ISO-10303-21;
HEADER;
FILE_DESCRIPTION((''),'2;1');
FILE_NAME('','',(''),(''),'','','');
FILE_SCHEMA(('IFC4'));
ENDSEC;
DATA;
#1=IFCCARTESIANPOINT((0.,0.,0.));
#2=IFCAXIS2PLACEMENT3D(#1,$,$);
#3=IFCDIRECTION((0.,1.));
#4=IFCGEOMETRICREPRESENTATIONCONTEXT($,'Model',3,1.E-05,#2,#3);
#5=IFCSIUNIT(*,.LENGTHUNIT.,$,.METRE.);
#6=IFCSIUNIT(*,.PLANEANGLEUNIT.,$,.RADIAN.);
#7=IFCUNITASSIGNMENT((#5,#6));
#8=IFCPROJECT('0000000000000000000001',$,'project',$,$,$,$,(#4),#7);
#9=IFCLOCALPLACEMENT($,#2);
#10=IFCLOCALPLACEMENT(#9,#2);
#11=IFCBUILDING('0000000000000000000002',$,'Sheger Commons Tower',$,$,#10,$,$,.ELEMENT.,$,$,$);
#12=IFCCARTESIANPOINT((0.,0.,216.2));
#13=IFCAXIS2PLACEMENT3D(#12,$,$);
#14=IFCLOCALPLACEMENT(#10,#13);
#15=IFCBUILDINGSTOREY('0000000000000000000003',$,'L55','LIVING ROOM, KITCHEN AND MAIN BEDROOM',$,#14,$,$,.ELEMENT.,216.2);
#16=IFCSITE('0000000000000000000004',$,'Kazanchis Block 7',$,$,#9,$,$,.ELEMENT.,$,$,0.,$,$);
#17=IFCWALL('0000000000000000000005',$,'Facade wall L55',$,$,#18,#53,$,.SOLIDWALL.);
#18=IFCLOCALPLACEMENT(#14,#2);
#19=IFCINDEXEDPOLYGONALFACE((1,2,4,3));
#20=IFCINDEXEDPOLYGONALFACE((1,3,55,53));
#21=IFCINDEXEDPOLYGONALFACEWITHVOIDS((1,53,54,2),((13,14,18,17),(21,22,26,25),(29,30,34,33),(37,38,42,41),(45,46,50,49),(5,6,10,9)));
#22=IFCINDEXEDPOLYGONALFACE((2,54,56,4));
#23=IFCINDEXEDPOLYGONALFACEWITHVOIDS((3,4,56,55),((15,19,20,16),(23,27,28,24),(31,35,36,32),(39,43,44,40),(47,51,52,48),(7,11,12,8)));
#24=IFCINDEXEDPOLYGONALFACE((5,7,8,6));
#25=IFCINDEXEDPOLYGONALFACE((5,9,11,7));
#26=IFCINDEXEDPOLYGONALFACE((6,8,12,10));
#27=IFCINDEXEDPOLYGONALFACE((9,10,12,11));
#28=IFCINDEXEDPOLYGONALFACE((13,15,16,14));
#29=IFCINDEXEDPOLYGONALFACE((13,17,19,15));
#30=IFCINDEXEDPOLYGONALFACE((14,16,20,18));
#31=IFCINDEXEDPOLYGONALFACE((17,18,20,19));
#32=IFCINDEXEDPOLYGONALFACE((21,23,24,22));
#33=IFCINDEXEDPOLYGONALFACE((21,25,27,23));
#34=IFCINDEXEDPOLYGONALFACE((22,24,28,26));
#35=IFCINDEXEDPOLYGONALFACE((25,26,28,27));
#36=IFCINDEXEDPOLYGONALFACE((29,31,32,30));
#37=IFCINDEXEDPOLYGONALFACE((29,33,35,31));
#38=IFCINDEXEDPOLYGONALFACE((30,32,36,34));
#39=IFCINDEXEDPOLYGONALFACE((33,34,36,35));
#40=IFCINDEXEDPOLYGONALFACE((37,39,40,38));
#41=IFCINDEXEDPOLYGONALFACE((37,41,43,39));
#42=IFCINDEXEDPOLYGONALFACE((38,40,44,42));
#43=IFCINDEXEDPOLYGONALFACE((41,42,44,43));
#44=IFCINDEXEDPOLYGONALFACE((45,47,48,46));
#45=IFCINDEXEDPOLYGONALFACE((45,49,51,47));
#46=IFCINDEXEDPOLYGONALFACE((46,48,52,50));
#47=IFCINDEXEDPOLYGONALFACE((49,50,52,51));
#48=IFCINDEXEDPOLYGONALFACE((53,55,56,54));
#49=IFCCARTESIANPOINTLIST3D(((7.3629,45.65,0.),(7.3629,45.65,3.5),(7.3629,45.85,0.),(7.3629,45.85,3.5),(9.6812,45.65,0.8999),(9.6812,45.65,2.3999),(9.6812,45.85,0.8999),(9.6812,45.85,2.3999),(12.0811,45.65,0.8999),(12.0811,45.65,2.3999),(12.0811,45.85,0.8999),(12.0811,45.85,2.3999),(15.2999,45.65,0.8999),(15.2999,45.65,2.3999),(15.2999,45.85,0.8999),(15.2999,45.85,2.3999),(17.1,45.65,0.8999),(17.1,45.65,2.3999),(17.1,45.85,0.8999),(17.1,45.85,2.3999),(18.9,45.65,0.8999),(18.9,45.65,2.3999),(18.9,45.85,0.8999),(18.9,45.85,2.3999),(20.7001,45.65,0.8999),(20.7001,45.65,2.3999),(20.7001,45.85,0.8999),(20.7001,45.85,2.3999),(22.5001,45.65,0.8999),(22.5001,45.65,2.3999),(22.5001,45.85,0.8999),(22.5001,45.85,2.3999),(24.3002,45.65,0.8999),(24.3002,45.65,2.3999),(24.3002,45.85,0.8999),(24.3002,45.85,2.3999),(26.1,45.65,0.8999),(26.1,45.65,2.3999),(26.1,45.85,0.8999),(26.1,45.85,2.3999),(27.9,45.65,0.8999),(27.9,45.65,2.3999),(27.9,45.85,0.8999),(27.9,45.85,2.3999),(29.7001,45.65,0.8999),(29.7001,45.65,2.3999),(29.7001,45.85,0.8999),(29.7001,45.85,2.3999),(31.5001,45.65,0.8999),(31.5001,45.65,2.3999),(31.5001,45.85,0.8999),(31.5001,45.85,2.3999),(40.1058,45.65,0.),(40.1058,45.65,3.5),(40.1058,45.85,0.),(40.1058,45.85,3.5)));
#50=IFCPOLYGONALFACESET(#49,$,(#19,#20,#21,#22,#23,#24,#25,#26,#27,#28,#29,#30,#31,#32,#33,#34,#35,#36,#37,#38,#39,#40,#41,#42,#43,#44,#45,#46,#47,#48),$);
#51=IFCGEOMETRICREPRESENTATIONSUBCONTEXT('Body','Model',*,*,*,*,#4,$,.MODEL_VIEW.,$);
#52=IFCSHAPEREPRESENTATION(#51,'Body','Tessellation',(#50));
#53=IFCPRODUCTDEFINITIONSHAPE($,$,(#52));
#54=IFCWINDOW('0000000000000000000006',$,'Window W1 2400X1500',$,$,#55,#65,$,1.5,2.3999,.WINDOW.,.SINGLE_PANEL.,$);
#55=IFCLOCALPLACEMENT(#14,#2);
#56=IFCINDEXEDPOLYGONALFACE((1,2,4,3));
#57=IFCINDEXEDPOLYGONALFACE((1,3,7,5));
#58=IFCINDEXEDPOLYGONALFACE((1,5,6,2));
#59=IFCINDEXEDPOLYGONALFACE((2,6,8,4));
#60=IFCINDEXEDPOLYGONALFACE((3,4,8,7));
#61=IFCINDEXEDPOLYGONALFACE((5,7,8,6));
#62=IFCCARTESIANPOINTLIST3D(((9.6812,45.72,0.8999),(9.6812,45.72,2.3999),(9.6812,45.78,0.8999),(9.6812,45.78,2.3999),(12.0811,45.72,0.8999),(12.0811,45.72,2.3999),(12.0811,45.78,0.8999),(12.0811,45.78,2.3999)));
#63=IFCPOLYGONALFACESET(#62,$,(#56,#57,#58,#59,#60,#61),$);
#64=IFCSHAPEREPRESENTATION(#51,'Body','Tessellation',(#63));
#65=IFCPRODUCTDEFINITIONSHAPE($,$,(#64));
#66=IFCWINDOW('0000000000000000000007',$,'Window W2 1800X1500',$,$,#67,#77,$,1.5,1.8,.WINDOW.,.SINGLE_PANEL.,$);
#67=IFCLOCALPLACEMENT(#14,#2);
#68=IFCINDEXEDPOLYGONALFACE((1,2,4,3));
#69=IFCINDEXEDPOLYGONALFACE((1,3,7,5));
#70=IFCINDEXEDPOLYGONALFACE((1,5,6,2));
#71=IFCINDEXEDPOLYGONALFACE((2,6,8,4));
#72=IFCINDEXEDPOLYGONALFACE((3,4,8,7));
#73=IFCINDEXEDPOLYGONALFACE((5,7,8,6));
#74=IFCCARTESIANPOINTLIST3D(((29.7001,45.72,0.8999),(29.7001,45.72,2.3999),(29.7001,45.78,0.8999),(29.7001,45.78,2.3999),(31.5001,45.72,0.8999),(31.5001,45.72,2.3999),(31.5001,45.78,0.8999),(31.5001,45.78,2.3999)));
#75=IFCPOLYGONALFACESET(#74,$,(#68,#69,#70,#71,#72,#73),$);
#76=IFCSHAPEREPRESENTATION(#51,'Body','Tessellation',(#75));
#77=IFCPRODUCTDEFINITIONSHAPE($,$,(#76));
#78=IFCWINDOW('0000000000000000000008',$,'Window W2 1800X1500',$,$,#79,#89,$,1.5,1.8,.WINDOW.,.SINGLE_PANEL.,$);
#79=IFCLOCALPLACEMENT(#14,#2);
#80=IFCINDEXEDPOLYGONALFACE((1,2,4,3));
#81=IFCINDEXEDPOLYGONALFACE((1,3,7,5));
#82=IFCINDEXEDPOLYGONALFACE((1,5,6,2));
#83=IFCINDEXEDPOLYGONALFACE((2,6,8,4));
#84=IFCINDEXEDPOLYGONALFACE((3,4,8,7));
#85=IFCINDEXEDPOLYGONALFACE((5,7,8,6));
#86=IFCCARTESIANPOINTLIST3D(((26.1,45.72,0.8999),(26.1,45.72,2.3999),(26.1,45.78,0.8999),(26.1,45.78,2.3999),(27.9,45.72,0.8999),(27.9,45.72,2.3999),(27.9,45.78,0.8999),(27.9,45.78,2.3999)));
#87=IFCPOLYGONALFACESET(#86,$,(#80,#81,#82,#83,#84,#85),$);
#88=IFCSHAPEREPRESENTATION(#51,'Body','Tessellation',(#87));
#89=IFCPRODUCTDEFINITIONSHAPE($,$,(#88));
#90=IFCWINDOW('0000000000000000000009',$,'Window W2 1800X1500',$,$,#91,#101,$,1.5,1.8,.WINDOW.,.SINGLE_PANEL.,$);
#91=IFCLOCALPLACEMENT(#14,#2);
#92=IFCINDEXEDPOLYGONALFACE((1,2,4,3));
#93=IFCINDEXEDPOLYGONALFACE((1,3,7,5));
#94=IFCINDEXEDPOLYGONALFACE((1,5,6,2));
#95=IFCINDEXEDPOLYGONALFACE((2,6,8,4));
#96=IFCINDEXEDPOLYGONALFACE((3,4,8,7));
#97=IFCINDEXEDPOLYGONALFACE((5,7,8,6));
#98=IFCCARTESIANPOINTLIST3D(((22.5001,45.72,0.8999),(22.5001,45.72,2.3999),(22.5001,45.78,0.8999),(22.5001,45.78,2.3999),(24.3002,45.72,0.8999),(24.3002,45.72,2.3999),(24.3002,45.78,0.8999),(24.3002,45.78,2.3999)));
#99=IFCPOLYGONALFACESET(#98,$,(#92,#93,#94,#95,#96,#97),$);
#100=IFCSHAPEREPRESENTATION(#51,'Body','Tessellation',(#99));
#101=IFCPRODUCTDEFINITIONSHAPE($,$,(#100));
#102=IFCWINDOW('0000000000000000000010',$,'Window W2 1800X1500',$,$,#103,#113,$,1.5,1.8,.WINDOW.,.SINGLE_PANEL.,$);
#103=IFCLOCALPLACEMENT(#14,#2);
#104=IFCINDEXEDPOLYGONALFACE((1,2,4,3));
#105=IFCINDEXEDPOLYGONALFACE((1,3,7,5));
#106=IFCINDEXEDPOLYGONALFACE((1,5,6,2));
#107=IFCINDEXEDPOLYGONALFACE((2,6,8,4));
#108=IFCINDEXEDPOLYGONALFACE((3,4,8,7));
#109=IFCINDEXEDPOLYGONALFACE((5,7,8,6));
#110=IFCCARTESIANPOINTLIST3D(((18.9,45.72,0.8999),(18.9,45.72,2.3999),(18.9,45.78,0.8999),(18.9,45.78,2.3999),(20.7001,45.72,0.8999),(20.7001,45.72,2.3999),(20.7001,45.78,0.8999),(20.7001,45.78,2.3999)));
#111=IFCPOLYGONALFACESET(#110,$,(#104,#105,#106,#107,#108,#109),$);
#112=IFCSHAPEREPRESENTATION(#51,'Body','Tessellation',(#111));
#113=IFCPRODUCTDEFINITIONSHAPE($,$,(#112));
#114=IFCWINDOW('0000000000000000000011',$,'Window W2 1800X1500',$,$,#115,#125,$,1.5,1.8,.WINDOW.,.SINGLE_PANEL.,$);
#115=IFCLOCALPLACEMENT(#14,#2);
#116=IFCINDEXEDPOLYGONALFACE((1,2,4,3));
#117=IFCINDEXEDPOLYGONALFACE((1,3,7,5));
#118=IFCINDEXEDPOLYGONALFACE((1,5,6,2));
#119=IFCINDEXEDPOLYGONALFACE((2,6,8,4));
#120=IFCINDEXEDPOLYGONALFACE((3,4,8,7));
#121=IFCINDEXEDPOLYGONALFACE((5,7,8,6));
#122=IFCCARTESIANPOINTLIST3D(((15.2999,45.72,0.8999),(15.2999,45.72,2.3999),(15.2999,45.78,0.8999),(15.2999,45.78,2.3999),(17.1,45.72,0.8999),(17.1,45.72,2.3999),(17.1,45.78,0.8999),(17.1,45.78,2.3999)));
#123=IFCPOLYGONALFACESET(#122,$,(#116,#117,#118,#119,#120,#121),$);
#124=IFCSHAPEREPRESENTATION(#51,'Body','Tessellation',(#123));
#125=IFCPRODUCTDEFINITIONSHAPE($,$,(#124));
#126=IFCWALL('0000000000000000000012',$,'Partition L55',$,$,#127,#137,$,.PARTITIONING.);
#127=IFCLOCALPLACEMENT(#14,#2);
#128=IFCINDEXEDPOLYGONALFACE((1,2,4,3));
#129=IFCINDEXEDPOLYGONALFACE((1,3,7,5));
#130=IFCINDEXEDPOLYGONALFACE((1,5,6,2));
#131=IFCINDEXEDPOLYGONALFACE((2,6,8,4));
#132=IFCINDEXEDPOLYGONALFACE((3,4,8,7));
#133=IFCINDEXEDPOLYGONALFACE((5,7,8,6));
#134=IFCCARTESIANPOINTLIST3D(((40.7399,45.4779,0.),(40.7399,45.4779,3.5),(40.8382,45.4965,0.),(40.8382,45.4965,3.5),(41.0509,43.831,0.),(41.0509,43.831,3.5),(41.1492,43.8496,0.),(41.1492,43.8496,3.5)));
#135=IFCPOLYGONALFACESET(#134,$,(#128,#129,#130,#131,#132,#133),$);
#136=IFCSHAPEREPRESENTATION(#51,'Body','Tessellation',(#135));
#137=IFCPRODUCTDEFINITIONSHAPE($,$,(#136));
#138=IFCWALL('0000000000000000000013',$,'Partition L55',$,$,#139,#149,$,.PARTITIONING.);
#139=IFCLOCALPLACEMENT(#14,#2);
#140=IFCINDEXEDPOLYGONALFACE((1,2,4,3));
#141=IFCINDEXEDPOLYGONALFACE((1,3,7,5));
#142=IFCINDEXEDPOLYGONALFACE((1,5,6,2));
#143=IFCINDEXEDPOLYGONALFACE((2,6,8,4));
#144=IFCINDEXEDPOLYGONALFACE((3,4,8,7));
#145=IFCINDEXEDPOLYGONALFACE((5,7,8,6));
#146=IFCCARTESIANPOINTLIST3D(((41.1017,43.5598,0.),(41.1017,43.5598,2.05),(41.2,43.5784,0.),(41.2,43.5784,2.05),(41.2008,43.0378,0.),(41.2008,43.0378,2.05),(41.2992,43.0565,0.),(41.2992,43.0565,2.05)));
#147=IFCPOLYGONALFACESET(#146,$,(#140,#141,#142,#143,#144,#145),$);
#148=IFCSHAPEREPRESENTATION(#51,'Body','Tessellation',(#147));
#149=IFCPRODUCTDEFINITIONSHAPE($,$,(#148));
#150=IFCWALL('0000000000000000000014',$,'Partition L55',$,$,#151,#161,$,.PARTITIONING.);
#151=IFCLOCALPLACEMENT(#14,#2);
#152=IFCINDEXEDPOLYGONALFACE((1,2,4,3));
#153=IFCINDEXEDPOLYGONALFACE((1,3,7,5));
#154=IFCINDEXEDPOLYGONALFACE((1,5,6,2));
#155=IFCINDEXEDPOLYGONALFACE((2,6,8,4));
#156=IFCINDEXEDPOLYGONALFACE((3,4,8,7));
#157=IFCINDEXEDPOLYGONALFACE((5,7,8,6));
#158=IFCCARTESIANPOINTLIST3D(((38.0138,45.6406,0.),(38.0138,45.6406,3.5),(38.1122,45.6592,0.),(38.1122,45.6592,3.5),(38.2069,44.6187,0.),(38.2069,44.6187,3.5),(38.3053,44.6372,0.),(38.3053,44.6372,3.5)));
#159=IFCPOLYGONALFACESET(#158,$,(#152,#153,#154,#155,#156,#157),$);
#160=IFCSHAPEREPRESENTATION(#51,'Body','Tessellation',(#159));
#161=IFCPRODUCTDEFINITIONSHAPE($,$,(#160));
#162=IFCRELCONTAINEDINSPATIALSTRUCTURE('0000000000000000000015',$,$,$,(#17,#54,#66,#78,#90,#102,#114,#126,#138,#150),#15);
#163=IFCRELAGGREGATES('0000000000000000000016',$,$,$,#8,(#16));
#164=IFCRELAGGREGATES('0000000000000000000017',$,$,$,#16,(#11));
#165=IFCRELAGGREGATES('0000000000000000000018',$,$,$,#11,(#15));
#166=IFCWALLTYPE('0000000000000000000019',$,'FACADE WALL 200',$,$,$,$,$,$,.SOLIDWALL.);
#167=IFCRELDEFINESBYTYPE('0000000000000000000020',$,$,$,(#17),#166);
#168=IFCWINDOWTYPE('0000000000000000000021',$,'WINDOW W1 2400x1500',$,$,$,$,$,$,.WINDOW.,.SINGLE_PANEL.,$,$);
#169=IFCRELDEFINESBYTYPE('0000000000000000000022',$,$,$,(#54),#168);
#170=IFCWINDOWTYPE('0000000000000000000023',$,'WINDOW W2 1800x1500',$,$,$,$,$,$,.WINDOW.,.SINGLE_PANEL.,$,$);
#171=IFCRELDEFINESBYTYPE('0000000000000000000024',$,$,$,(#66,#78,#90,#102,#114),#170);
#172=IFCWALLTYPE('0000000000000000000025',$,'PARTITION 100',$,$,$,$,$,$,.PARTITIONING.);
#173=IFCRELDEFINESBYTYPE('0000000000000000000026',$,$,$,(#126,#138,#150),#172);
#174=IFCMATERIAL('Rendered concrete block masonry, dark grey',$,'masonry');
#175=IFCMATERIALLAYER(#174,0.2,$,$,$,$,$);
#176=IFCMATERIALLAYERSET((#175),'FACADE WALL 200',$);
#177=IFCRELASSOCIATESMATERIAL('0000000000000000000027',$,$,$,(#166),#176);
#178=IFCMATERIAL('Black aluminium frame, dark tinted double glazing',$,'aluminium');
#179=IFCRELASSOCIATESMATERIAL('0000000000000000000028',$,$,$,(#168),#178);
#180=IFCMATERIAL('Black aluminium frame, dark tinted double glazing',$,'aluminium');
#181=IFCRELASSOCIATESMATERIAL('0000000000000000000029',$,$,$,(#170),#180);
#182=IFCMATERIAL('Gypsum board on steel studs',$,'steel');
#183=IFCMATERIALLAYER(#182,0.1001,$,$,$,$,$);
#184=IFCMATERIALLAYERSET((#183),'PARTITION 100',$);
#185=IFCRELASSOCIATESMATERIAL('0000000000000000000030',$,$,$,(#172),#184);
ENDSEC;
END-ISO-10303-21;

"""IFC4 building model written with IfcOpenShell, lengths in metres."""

from ifc_helpers import new_model, si_unit, direction, frame, frame_2d, origin, place, context, subcontext, project, spatial, rectangle, extrude, material, layer, layer_set, type_object, element, fill, save


model = new_model("IFC4")

# Units and contexts
model_context = context("Model", 3, precision=1e-05, world=origin(), true_north=direction((0.0, 1.0)))
body_context = subcontext(model_context, "Body", "Model", "MODEL_VIEW")
ifc_project = project(units=[si_unit("LENGTHUNIT", "METRE"), si_unit("PLANEANGLEUNIT", "RADIAN")], contexts=[model_context])

# Site, building, storey
site_placement = place(None, origin())
site = spatial("IfcSite", under=ifc_project, at=site_placement, Name="Kazanchis Block 7", CompositionType="ELEMENT", RefElevation=0.0)
building_placement = place(site_placement, origin())
building = spatial("IfcBuilding", under=site, at=building_placement, Name="Sheger Commons Tower", CompositionType="ELEMENT")
storey_placement = place(building_placement, frame((0.0, 0.0, 216.2)))
storey = spatial("IfcBuildingStorey", under=building, at=storey_placement, Name="L55", Description="LIVING ROOM, KITCHEN AND MAIN BEDROOM", CompositionType="ELEMENT", Elevation=216.2)

# Shared definitions
ifc_material_1 = material(Name="Rendered concrete block masonry, dark grey", Category="masonry")
ifc_layer_1 = layer(ifc_material_1, 0.2)
ifc_layer_set_1 = layer_set([ifc_layer_1], Name="FACADE WALL 200")
wall_type_1 = type_object("IfcWallType", Name="FACADE WALL 200", PredefinedType="SOLIDWALL", material=ifc_layer_set_1)

# Wall, openings, windows
wall_1_placement = place(storey_placement, frame((40.106, 45.75, 0.0), z_axis=(0.0, 0.0, 1.0), x_axis=(-1.0, 0.0, 0.0)))
wall_1 = element("IfcWall", 1, at=wall_1_placement, inside=storey, type_object=wall_type_1, Name="Facade wall L55", PredefinedType="SOLIDWALL", context=body_context, shape_type="SweptSolid", body=[
    extrude(rectangle(XDim=32.7429, YDim=0.2, at=frame_2d((16.3716, 0.0))), origin(), (0.0, 0.0, 1.0), 3.5),
])
opening_1_placement = place(wall_1_placement, frame((8.606, 0.0, 0.8999)))
opening_1 = element("IfcOpeningElement", 2, at=opening_1_placement, cuts=wall_1, PredefinedType="OPENING", context=body_context, shape_type="SweptSolid", body=[
    extrude(rectangle(XDim=1.8, YDim=1.5, at=frame_2d((0.8999, 0.75))), frame((0.0, 0.1099, 0.0), z_axis=(0.0, -1.0, 0.0), x_axis=(1.0, 0.0, 0.0)), (0.0, 0.0, 1.0), 0.22),
])
opening_2_placement = place(wall_1_placement, frame((12.2061, 0.0, 0.8999)))
opening_2 = element("IfcOpeningElement", 3, at=opening_2_placement, cuts=wall_1, PredefinedType="OPENING", context=body_context, shape_type="SweptSolid", body=[
    extrude(rectangle(XDim=1.8, YDim=1.5, at=frame_2d((0.8999, 0.75))), frame((0.0, 0.1099, 0.0), z_axis=(0.0, -1.0, 0.0), x_axis=(1.0, 0.0, 0.0)), (0.0, 0.0, 1.0), 0.22),
])
opening_3_placement = place(wall_1_placement, frame((15.8059, 0.0, 0.8999)))
opening_3 = element("IfcOpeningElement", 4, at=opening_3_placement, cuts=wall_1, PredefinedType="OPENING", context=body_context, shape_type="SweptSolid", body=[
    extrude(rectangle(XDim=1.8, YDim=1.5, at=frame_2d((0.8999, 0.75))), frame((0.0, 0.1099, 0.0), z_axis=(0.0, -1.0, 0.0), x_axis=(1.0, 0.0, 0.0)), (0.0, 0.0, 1.0), 0.22),
])
opening_4_placement = place(wall_1_placement, frame((19.406, 0.0, 0.8999)))
opening_4 = element("IfcOpeningElement", 5, at=opening_4_placement, cuts=wall_1, PredefinedType="OPENING", context=body_context, shape_type="SweptSolid", body=[
    extrude(rectangle(XDim=1.8, YDim=1.5, at=frame_2d((0.8999, 0.75))), frame((0.0, 0.1099, 0.0), z_axis=(0.0, -1.0, 0.0), x_axis=(1.0, 0.0, 0.0)), (0.0, 0.0, 1.0), 0.22),
])
opening_5_placement = place(wall_1_placement, frame((23.0061, 0.0, 0.8999)))
opening_5 = element("IfcOpeningElement", 6, at=opening_5_placement, cuts=wall_1, PredefinedType="OPENING", context=body_context, shape_type="SweptSolid", body=[
    extrude(rectangle(XDim=1.8, YDim=1.5, at=frame_2d((0.8999, 0.75))), frame((0.0, 0.1099, 0.0), z_axis=(0.0, -1.0, 0.0), x_axis=(1.0, 0.0, 0.0)), (0.0, 0.0, 1.0), 0.22),
])
opening_6_placement = place(wall_1_placement, frame((28.0249, 0.0, 0.8999)))
opening_6 = element("IfcOpeningElement", 7, at=opening_6_placement, cuts=wall_1, PredefinedType="OPENING", context=body_context, shape_type="SweptSolid", body=[
    extrude(rectangle(XDim=2.3999, YDim=1.5, at=frame_2d((1.2, 0.75))), frame((0.0, 0.1099, 0.0), z_axis=(0.0, -1.0, 0.0), x_axis=(1.0, 0.0, 0.0)), (0.0, 0.0, 1.0), 0.22),
])
ifc_material_2 = material(Name="Black aluminium frame, dark tinted double glazing", Category="aluminium")
window_type_1 = type_object("IfcWindowType", Name="WINDOW W1 2400x1500", PartitioningType="SINGLE_PANEL", PredefinedType="WINDOW", material=ifc_material_2)
window_1_placement = place(opening_6_placement, origin())
window_1 = element("IfcWindow", 8, at=window_1_placement, inside=storey, type_object=window_type_1, Name="Window W1 2400X1500", OverallHeight=1.5, OverallWidth=2.3999, PartitioningType="SINGLE_PANEL", PredefinedType="WINDOW", context=body_context, shape_type="SweptSolid", body=[
    extrude(rectangle(XDim=2.3999, YDim=1.5, at=frame_2d((1.2, 0.75))), frame((0.0, 0.03, 0.0), z_axis=(0.0, -1.0, 0.0), x_axis=(1.0, 0.0, 0.0)), (0.0, 0.0, 1.0), 0.0601),
])
fill(opening_6, window_1)
ifc_material_3 = material(Name="Black aluminium frame, dark tinted double glazing", Category="aluminium")
window_type_2 = type_object("IfcWindowType", Name="WINDOW W2 1800x1500", PartitioningType="SINGLE_PANEL", PredefinedType="WINDOW", material=ifc_material_3)
window_2_placement = place(opening_1_placement, origin())
window_2 = element("IfcWindow", 9, at=window_2_placement, inside=storey, type_object=window_type_2, Name="Window W2 1800X1500", OverallHeight=1.5, OverallWidth=1.8, PartitioningType="SINGLE_PANEL", PredefinedType="WINDOW", context=body_context, shape_type="SweptSolid", body=[
    extrude(rectangle(XDim=1.8, YDim=1.5, at=frame_2d((0.8999, 0.75))), frame((0.0, 0.03, 0.0), z_axis=(0.0, -1.0, 0.0), x_axis=(1.0, 0.0, 0.0)), (0.0, 0.0, 1.0), 0.0601),
])
fill(opening_1, window_2)
window_3_placement = place(opening_2_placement, origin())
window_3 = element("IfcWindow", 10, at=window_3_placement, inside=storey, type_object=window_type_2, Name="Window W2 1800X1500", OverallHeight=1.5, OverallWidth=1.8, PartitioningType="SINGLE_PANEL", PredefinedType="WINDOW", context=body_context, shape_type="SweptSolid", body=[
    extrude(rectangle(XDim=1.8, YDim=1.5, at=frame_2d((0.8999, 0.75))), frame((0.0, 0.03, 0.0), z_axis=(0.0, -1.0, 0.0), x_axis=(1.0, 0.0, 0.0)), (0.0, 0.0, 1.0), 0.0601),
])
fill(opening_2, window_3)
window_4_placement = place(opening_3_placement, origin())
window_4 = element("IfcWindow", 11, at=window_4_placement, inside=storey, type_object=window_type_2, Name="Window W2 1800X1500", OverallHeight=1.5, OverallWidth=1.8, PartitioningType="SINGLE_PANEL", PredefinedType="WINDOW", context=body_context, shape_type="SweptSolid", body=[
    extrude(rectangle(XDim=1.8, YDim=1.5, at=frame_2d((0.8999, 0.75))), frame((0.0, 0.03, 0.0), z_axis=(0.0, -1.0, 0.0), x_axis=(1.0, 0.0, 0.0)), (0.0, 0.0, 1.0), 0.0601),
])
fill(opening_3, window_4)
window_5_placement = place(opening_4_placement, origin())
window_5 = element("IfcWindow", 12, at=window_5_placement, inside=storey, type_object=window_type_2, Name="Window W2 1800X1500", OverallHeight=1.5, OverallWidth=1.8, PartitioningType="SINGLE_PANEL", PredefinedType="WINDOW", context=body_context, shape_type="SweptSolid", body=[
    extrude(rectangle(XDim=1.8, YDim=1.5, at=frame_2d((0.8999, 0.75))), frame((0.0, 0.03, 0.0), z_axis=(0.0, -1.0, 0.0), x_axis=(1.0, 0.0, 0.0)), (0.0, 0.0, 1.0), 0.0601),
])
fill(opening_4, window_5)
window_6_placement = place(opening_5_placement, origin())
window_6 = element("IfcWindow", 13, at=window_6_placement, inside=storey, type_object=window_type_2, Name="Window W2 1800X1500", OverallHeight=1.5, OverallWidth=1.8, PartitioningType="SINGLE_PANEL", PredefinedType="WINDOW", context=body_context, shape_type="SweptSolid", body=[
    extrude(rectangle(XDim=1.8, YDim=1.5, at=frame_2d((0.8999, 0.75))), frame((0.0, 0.03, 0.0), z_axis=(0.0, -1.0, 0.0), x_axis=(1.0, 0.0, 0.0)), (0.0, 0.0, 1.0), 0.0601),
])
fill(opening_5, window_6)

# Walls
ifc_material_4 = material(Name="Gypsum board on steel studs", Category="steel")
ifc_layer_2 = layer(ifc_material_4, 0.1001)
ifc_layer_set_2 = layer_set([ifc_layer_2], Name="PARTITION 100")
wall_type_2 = type_object("IfcWallType", Name="PARTITION 100", PredefinedType="PARTITIONING", material=ifc_layer_set_2)
wall_2_placement = place(storey_placement, frame((40.7891, 45.4871, 0.0), z_axis=(0.0, 0.0, 1.0), x_axis=(0.185572, -0.982631, 0.0)))
element("IfcWall", 14, at=wall_2_placement, inside=storey, type_object=wall_type_2, Name="Partition L55", PredefinedType="PARTITIONING", context=body_context, shape_type="SweptSolid", body=[
    extrude(rectangle(XDim=1.676, YDim=0.1001, at=frame_2d((0.8379, 0.0))), origin(), (0.0, 0.0, 1.0), 3.5),
])
wall_3_placement = place(storey_placement, frame((41.1509, 43.5691, 0.0), z_axis=(0.0, 0.0, 1.0), x_axis=(0.186563, -0.982443, 0.0)))
element("IfcWall", 15, at=wall_3_placement, inside=storey, type_object=wall_type_2, Name="Partition L55", PredefinedType="PARTITIONING", context=body_context, shape_type="SweptSolid", body=[
    extrude(rectangle(XDim=0.5312, YDim=0.1001, at=frame_2d((0.2656, 0.0))), origin(), (0.0, 0.0, 1.0), 2.05),
])
wall_4_placement = place(storey_placement, frame((38.063, 45.6499, 0.0), z_axis=(0.0, 0.0, 1.0), x_axis=(0.185677, -0.982611, 0.0)))
element("IfcWall", 16, at=wall_4_placement, inside=storey, type_object=wall_type_2, Name="Partition L55", PredefinedType="PARTITIONING", context=body_context, shape_type="SweptSolid", body=[
    extrude(rectangle(XDim=1.04, YDim=0.1001, at=frame_2d((0.52, 0.0))), origin(), (0.0, 0.0, 1.0), 3.5),
])

save(model, "model.ifc")
